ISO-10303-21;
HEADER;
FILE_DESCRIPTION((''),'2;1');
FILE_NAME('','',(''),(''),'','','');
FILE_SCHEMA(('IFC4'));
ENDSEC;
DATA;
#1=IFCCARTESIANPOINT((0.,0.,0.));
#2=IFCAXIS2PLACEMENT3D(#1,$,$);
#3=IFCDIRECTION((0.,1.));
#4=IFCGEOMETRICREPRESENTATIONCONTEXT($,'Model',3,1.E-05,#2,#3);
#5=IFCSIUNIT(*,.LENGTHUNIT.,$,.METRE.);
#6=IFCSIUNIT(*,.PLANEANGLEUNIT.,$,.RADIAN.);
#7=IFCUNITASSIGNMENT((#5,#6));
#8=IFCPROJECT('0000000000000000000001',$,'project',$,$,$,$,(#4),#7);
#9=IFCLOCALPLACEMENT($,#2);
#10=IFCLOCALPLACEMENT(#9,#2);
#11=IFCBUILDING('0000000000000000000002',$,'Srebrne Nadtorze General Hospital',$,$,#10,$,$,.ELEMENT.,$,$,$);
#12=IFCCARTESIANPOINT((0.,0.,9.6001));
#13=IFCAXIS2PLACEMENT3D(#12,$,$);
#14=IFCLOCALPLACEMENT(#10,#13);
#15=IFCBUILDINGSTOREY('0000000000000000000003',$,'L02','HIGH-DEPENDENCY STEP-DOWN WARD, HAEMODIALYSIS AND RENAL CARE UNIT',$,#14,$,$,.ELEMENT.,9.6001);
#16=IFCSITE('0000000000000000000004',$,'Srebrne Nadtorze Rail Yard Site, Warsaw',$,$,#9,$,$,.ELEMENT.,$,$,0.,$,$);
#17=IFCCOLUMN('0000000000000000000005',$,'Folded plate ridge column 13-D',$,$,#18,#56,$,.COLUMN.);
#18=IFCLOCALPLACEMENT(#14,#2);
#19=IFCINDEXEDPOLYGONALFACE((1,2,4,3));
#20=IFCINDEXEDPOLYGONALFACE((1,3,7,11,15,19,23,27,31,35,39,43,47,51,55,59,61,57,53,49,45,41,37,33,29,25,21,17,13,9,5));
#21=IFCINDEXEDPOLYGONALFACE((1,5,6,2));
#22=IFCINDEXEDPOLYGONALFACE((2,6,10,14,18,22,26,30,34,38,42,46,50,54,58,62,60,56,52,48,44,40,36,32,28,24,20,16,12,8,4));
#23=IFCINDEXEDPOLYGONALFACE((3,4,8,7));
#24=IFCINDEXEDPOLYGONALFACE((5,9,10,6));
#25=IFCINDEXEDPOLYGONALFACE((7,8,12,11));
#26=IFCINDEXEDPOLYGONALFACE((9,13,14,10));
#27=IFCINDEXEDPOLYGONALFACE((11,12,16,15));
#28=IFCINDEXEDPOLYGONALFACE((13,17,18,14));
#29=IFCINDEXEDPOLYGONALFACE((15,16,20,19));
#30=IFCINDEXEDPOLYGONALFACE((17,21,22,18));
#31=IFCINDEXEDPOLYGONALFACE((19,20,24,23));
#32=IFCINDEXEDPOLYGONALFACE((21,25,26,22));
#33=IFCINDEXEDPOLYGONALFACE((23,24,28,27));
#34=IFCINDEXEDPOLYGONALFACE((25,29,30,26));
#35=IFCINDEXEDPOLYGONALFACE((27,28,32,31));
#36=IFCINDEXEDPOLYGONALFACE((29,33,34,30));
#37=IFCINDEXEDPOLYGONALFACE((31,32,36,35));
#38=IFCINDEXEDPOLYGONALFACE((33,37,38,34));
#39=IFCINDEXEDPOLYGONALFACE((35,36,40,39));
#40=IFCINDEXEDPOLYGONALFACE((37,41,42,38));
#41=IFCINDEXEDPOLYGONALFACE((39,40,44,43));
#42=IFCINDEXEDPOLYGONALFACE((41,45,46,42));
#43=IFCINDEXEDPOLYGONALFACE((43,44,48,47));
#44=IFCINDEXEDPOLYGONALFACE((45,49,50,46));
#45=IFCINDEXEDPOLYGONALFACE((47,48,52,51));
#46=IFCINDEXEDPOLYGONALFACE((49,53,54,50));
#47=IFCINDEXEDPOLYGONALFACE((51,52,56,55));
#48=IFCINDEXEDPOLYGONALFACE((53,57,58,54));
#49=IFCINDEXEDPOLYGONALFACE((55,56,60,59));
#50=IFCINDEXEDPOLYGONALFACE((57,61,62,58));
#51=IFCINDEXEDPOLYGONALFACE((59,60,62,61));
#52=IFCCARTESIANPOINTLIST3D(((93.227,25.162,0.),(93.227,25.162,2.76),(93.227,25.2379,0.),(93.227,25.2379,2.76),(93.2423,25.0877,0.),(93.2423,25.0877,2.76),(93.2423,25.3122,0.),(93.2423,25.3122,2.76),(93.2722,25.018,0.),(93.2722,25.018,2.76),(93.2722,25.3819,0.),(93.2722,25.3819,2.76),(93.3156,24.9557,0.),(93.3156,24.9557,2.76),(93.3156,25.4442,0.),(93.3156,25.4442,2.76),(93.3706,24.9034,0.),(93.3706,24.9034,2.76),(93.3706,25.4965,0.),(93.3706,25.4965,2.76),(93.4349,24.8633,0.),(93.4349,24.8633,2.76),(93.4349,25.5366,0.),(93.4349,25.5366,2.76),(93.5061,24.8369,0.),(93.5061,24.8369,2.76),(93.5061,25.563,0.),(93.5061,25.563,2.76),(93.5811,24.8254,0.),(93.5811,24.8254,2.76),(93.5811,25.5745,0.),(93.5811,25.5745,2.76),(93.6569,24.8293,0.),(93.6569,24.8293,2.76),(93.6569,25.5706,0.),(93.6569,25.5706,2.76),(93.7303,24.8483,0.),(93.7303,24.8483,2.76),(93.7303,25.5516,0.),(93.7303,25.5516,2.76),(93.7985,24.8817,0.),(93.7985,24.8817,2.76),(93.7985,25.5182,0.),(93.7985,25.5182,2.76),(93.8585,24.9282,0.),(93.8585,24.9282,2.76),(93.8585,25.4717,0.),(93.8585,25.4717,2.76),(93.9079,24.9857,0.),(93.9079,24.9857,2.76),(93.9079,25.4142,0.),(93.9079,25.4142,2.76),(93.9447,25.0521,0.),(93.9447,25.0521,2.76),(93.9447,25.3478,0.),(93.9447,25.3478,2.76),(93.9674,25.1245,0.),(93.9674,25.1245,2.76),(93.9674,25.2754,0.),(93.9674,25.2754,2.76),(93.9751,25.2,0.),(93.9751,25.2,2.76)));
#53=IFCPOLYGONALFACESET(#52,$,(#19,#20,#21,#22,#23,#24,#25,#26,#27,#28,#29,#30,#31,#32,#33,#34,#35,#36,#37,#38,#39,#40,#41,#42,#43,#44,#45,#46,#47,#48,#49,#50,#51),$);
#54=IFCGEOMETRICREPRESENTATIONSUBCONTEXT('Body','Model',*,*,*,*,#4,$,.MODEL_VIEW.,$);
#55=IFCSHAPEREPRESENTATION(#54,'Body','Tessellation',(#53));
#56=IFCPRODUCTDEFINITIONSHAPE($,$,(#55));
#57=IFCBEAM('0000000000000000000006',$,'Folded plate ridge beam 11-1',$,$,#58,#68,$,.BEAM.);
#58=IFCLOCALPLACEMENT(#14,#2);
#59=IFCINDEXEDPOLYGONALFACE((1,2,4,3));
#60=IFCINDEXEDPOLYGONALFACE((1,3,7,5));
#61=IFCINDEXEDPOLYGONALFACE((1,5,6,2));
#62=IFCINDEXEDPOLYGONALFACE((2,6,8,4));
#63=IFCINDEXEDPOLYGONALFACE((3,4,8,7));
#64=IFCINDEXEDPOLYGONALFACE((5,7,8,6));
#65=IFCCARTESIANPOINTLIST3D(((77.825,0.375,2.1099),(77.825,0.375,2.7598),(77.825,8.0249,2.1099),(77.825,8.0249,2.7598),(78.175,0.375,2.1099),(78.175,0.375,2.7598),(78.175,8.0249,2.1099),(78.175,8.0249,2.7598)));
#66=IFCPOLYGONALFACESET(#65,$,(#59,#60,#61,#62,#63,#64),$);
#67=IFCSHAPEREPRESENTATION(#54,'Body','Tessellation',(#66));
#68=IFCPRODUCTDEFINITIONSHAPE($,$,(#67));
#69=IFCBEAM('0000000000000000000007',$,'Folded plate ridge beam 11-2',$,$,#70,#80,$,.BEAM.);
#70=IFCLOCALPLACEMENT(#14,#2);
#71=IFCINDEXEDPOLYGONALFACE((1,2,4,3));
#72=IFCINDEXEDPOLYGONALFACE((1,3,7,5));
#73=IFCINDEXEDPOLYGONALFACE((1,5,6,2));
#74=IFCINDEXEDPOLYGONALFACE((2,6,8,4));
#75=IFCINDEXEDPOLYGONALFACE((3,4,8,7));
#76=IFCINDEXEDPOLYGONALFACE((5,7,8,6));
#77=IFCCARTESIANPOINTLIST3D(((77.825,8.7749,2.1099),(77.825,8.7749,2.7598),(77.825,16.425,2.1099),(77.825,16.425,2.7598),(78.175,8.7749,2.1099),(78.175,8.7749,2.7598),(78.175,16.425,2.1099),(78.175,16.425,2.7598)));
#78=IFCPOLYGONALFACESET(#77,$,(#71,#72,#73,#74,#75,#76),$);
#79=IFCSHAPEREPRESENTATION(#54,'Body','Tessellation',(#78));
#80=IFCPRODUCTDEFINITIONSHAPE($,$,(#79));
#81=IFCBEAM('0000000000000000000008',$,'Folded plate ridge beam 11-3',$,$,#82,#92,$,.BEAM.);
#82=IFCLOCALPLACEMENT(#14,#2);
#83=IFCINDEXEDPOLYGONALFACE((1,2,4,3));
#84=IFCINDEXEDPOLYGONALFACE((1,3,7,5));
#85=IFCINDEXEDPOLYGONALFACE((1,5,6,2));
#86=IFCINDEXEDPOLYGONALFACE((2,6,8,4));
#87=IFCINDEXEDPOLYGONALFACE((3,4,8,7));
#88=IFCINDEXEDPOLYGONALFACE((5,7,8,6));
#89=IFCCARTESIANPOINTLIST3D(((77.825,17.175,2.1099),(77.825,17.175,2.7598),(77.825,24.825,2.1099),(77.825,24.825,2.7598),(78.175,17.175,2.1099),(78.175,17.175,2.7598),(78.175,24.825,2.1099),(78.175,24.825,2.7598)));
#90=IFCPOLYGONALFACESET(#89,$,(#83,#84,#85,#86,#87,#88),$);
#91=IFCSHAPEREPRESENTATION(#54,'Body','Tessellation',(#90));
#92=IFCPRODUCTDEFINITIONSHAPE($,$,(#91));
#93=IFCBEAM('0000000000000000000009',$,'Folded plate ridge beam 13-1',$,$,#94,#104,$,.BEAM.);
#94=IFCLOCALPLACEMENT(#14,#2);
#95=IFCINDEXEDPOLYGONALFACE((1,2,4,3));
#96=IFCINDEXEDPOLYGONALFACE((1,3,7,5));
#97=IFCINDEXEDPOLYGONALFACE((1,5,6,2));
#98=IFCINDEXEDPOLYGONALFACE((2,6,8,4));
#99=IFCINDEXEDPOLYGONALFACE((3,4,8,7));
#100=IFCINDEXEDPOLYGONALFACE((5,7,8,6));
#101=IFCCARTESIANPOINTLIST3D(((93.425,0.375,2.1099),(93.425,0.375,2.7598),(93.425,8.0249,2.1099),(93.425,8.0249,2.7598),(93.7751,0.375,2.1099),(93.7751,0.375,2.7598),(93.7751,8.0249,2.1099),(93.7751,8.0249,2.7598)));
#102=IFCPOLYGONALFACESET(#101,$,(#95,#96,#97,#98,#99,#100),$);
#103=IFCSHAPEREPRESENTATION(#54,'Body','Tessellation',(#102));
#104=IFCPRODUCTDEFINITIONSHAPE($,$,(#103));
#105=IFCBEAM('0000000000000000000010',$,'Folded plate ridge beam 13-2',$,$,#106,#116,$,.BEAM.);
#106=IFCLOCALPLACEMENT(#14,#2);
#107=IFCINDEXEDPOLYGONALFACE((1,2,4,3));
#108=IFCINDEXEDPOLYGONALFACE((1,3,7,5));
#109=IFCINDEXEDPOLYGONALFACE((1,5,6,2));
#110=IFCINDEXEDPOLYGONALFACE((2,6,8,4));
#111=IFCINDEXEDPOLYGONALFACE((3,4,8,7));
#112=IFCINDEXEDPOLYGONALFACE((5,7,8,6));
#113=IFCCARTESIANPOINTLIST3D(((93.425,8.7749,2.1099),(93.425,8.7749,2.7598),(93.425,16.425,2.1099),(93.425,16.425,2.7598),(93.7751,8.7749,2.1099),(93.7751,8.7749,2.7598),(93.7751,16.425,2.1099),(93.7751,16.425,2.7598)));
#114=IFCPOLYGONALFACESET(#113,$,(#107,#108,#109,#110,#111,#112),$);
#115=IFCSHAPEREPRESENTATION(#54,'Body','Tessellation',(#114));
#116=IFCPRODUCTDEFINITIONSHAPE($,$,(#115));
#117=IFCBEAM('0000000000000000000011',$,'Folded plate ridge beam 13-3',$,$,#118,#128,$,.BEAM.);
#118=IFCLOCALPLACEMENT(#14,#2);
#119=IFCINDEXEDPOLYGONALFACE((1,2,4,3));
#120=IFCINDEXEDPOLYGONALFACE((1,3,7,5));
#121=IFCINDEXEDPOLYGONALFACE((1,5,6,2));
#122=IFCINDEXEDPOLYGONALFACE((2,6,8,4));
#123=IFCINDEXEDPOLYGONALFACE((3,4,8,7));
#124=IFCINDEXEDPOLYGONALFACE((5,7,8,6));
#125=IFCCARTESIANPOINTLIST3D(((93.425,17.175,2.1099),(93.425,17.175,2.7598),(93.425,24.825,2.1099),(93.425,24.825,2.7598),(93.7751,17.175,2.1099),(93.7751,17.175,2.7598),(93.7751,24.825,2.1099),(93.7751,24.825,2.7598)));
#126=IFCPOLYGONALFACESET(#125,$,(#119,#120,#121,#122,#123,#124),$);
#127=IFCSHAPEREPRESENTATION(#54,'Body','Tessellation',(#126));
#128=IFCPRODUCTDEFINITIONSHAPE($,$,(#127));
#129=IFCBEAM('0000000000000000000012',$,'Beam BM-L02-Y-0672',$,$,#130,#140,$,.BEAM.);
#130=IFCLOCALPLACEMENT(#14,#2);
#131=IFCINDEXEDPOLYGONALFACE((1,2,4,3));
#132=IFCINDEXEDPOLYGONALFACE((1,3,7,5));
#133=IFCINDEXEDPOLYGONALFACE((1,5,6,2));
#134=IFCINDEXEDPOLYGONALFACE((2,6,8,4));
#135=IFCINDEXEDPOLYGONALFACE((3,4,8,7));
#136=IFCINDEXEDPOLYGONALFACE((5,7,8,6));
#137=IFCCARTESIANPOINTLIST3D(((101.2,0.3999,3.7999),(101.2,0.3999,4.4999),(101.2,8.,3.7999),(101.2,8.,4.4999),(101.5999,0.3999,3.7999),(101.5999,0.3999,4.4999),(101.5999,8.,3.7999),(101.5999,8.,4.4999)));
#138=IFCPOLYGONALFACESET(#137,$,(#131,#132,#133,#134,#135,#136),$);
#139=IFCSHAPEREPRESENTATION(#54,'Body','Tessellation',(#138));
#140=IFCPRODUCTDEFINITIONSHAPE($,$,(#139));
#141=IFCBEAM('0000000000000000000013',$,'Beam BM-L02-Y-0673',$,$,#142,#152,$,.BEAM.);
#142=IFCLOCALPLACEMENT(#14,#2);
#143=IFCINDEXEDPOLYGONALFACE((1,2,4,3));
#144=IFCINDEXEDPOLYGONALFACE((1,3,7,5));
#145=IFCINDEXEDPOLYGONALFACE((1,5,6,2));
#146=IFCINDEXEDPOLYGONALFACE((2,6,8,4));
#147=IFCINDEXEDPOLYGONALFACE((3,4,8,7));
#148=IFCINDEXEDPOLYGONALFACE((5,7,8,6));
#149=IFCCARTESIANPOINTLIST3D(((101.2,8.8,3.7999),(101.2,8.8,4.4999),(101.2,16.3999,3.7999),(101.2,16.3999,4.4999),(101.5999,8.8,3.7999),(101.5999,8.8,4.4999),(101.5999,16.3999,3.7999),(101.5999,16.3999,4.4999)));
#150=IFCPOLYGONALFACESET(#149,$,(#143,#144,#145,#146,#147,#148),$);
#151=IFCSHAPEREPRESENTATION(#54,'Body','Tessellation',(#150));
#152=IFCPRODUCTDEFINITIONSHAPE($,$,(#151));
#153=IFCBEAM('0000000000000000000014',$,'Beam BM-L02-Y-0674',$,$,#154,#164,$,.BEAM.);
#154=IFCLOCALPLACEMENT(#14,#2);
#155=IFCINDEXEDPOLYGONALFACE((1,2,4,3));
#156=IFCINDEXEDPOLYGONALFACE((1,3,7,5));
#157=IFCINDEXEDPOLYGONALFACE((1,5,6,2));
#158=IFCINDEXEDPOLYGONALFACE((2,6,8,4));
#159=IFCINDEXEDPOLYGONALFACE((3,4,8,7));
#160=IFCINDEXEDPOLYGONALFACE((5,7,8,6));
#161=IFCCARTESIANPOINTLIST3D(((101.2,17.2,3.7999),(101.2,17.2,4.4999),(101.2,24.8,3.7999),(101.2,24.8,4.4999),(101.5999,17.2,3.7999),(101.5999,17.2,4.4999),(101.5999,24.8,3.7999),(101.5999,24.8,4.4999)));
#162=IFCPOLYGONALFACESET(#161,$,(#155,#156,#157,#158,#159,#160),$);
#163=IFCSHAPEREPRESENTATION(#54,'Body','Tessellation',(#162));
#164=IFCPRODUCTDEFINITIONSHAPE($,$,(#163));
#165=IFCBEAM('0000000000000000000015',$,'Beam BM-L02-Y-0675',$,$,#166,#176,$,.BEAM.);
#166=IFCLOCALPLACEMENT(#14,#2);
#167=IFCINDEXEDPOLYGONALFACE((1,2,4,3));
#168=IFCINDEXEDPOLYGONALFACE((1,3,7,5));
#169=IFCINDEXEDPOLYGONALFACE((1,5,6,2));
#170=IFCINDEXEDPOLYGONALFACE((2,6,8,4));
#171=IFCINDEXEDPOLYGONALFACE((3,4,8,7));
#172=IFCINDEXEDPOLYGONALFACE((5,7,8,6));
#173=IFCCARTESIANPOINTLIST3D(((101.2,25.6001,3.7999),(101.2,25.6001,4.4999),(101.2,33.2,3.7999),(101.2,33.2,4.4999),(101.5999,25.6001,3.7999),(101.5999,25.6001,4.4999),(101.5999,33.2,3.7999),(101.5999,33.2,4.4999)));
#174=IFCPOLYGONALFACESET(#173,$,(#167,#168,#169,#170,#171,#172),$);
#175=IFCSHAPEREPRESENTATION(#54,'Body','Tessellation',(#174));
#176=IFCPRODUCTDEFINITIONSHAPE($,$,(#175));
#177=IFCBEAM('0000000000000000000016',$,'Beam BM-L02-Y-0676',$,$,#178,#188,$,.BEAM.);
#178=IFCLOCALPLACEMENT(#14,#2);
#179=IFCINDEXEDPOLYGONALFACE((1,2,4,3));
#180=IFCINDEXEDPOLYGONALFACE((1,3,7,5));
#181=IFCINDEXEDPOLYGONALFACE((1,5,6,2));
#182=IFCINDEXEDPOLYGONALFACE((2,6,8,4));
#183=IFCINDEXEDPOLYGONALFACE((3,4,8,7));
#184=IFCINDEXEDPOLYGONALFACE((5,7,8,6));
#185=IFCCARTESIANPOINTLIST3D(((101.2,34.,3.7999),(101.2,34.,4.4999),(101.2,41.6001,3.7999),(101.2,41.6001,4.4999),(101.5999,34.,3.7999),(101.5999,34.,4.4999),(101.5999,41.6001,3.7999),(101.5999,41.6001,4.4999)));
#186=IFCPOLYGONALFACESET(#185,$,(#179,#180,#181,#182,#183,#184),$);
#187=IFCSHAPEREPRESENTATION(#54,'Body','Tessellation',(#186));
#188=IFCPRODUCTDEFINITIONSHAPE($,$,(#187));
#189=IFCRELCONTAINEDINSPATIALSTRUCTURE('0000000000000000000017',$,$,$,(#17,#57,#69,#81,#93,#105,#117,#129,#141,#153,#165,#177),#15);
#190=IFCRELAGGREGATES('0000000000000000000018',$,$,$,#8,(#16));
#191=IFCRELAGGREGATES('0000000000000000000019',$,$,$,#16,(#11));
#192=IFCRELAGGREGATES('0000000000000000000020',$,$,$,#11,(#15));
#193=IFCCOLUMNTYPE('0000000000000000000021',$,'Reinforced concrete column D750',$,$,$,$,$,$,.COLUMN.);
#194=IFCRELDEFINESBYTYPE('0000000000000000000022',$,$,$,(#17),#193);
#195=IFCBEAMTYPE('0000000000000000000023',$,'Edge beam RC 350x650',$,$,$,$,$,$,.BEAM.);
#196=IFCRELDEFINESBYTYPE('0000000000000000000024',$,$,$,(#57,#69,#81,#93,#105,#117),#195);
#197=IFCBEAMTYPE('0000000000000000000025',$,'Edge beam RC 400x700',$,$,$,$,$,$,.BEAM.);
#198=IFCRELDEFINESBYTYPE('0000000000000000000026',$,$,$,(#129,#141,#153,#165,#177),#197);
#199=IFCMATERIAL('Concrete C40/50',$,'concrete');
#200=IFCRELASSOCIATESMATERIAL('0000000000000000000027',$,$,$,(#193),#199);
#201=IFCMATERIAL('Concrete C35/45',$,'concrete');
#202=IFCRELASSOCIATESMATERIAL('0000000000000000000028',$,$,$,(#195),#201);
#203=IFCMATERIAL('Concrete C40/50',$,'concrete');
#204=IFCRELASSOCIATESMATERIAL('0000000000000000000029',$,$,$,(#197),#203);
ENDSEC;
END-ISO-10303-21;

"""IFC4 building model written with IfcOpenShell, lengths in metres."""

from ifc_helpers import new_model, si_unit, direction, frame, origin, origin_2d, place, context, subcontext, project, spatial, rectangle, circle, extrude, material, material_profile, profile_set, type_object, element, save


model = new_model("IFC4")

# Units and contexts
model_context = context("Model", 3, precision=1e-05, world=origin(), true_north=direction((0.0, 1.0)))
body_context = subcontext(model_context, "Body", "Model", "MODEL_VIEW")
ifc_project = project(units=[si_unit("LENGTHUNIT", "METRE"), si_unit("PLANEANGLEUNIT", "RADIAN")], contexts=[model_context])

# Site, building, storey
site_placement = place(None, origin())
site = spatial("IfcSite", under=ifc_project, at=site_placement, Name="Srebrne Nadtorze Rail Yard Site, Warsaw", CompositionType="ELEMENT", RefElevation=0.0)
building_placement = place(site_placement, origin())
building = spatial("IfcBuilding", under=site, at=building_placement, Name="Srebrne Nadtorze General Hospital", CompositionType="ELEMENT")
storey_placement = place(building_placement, frame((0.0, 0.0, 9.6001)))
storey = spatial("IfcBuildingStorey", under=building, at=storey_placement, Name="L02", Description="HIGH-DEPENDENCY STEP-DOWN WARD, HAEMODIALYSIS AND RENAL CARE UNIT", CompositionType="ELEMENT", Elevation=9.6001)

# Column
ifc_material_1 = material(Name="Concrete C40/50", Category="concrete")
ifc_material_profile_1 = material_profile(ifc_material_1, circle(Radius=0.375, at=origin_2d()), Name="RC-COL-D750")
ifc_profile_set_1 = profile_set([ifc_material_profile_1], Name="Concrete C40/50")
column_type_1 = type_object("IfcColumnType", Name="Reinforced concrete column D750", PredefinedType="COLUMN", material=ifc_profile_set_1)
for number, where, z_axis, x_axis, name in (
    (1, (93.6001, 25.2, 0.0), (0.0, 0.0, 1.0), (1.0, 0.0, 0.0), "Folded plate ridge column 13-D"),
):
    element("IfcColumn", number, at=place(storey_placement, frame(where, z_axis=z_axis, x_axis=x_axis)), inside=storey, type_object=column_type_1, Name=name, PredefinedType="COLUMN", context=body_context, shape_type="SweptSolid", body=[
        extrude(circle(Radius=0.375, at=origin_2d()), origin(), (0.0, 0.0, 1.0), 2.76),
    ])

# Beams
ifc_material_2 = material(Name="Concrete C35/45", Category="concrete")
ifc_material_profile_2 = material_profile(ifc_material_2, rectangle(XDim=0.3501, YDim=0.6499, at=origin_2d()), Name="RC-BM-350x650")
ifc_profile_set_2 = profile_set([ifc_material_profile_2], Name="Concrete C35/45")
beam_type_1 = type_object("IfcBeamType", Name="Edge beam RC 350x650", PredefinedType="BEAM", material=ifc_profile_set_2)
beam_1_placement = place(storey_placement, frame((78.0, 0.375, 2.4348), z_axis=(0.0, 1.0, 0.0), x_axis=(-1.0, 0.0, 0.0)))
element("IfcBeam", 2, at=beam_1_placement, inside=storey, type_object=beam_type_1, Name="Folded plate ridge beam 11-1", PredefinedType="BEAM", context=body_context, shape_type="SweptSolid", body=[
    extrude(rectangle(XDim=0.3501, YDim=0.6499, at=origin_2d()), origin(), (0.0, 0.0, 1.0), 7.6499),
])
beam_2_placement = place(storey_placement, frame((78.0, 8.7749, 2.4348), z_axis=(0.0, 1.0, 0.0), x_axis=(-1.0, 0.0, 0.0)))
element("IfcBeam", 3, at=beam_2_placement, inside=storey, type_object=beam_type_1, Name="Folded plate ridge beam 11-2", PredefinedType="BEAM", context=body_context, shape_type="SweptSolid", body=[
    extrude(rectangle(XDim=0.3501, YDim=0.6499, at=origin_2d()), origin(), (0.0, 0.0, 1.0), 7.6501),
])
for number, where, z_axis, x_axis, name in (
    (4, (78.0, 17.175, 2.4348), (0.0, 1.0, 0.0), (-1.0, 0.0, 0.0), "Folded plate ridge beam 11-3"),
    (5, (93.6001, 0.375, 2.4348), (0.0, 1.0, 0.0), (-1.0, 0.0, 0.0), "Folded plate ridge beam 13-1"),
):
    element("IfcBeam", number, at=place(storey_placement, frame(where, z_axis=z_axis, x_axis=x_axis)), inside=storey, type_object=beam_type_1, Name=name, PredefinedType="BEAM", context=body_context, shape_type="SweptSolid", body=[
        extrude(rectangle(XDim=0.3501, YDim=0.6499, at=origin_2d()), origin(), (0.0, 0.0, 1.0), 7.6499),
    ])
beam_3_placement = place(storey_placement, frame((93.6001, 8.7749, 2.4348), z_axis=(0.0, 1.0, 0.0), x_axis=(-1.0, 0.0, 0.0)))
element("IfcBeam", 6, at=beam_3_placement, inside=storey, type_object=beam_type_1, Name="Folded plate ridge beam 13-2", PredefinedType="BEAM", context=body_context, shape_type="SweptSolid", body=[
    extrude(rectangle(XDim=0.3501, YDim=0.6499, at=origin_2d()), origin(), (0.0, 0.0, 1.0), 7.6501),
])
beam_4_placement = place(storey_placement, frame((93.6001, 17.175, 2.4348), z_axis=(0.0, 1.0, 0.0), x_axis=(-1.0, 0.0, 0.0)))
element("IfcBeam", 7, at=beam_4_placement, inside=storey, type_object=beam_type_1, Name="Folded plate ridge beam 13-3", PredefinedType="BEAM", context=body_context, shape_type="SweptSolid", body=[
    extrude(rectangle(XDim=0.3501, YDim=0.6499, at=origin_2d()), origin(), (0.0, 0.0, 1.0), 7.6499),
])
ifc_material_3 = material(Name="Concrete C40/50", Category="concrete")
ifc_material_profile_3 = material_profile(ifc_material_3, rectangle(XDim=0.3999, YDim=0.7, at=origin_2d()), Name="RC-BM-400x700")
ifc_profile_set_3 = profile_set([ifc_material_profile_3], Name="Concrete C40/50")
beam_type_2 = type_object("IfcBeamType", Name="Edge beam RC 400x700", PredefinedType="BEAM", material=ifc_profile_set_3)
beam_5_placement = place(storey_placement, frame((101.3999, 0.3999, 4.1499), z_axis=(0.0, 1.0, 0.0), x_axis=(-1.0, 0.0, 0.0)))
element("IfcBeam", 8, at=beam_5_placement, inside=storey, type_object=beam_type_2, Name="Beam BM-L02-Y-0672", PredefinedType="BEAM", context=body_context, shape_type="SweptSolid", body=[
    extrude(rectangle(XDim=0.3999, YDim=0.7, at=origin_2d()), origin(), (0.0, 0.0, 1.0), 7.6001),
])
beam_6_placement = place(storey_placement, frame((101.3999, 8.8, 4.1499), z_axis=(0.0, 1.0, 0.0), x_axis=(-1.0, 0.0, 0.0)))
element("IfcBeam", 9, at=beam_6_placement, inside=storey, type_object=beam_type_2, Name="Beam BM-L02-Y-0673", PredefinedType="BEAM", context=body_context, shape_type="SweptSolid", body=[
    extrude(rectangle(XDim=0.3999, YDim=0.7, at=origin_2d()), origin(), (0.0, 0.0, 1.0), 7.5999),
])
beam_7_placement = place(storey_placement, frame((101.3999, 17.2, 4.1499), z_axis=(0.0, 1.0, 0.0), x_axis=(-1.0, 0.0, 0.0)))
element("IfcBeam", 10, at=beam_7_placement, inside=storey, type_object=beam_type_2, Name="Beam BM-L02-Y-0674", PredefinedType="BEAM", context=body_context, shape_type="SweptSolid", body=[
    extrude(rectangle(XDim=0.3999, YDim=0.7, at=origin_2d()), origin(), (0.0, 0.0, 1.0), 7.6001),
])
beam_8_placement = place(storey_placement, frame((101.3999, 25.6001, 4.1499), z_axis=(0.0, 1.0, 0.0), x_axis=(-1.0, 0.0, 0.0)))
element("IfcBeam", 11, at=beam_8_placement, inside=storey, type_object=beam_type_2, Name="Beam BM-L02-Y-0675", PredefinedType="BEAM", context=body_context, shape_type="SweptSolid", body=[
    extrude(rectangle(XDim=0.3999, YDim=0.7, at=origin_2d()), origin(), (0.0, 0.0, 1.0), 7.5999),
])
beam_9_placement = place(storey_placement, frame((101.3999, 34.0, 4.1499), z_axis=(0.0, 1.0, 0.0), x_axis=(-1.0, 0.0, 0.0)))
element("IfcBeam", 12, at=beam_9_placement, inside=storey, type_object=beam_type_2, Name="Beam BM-L02-Y-0676", PredefinedType="BEAM", context=body_context, shape_type="SweptSolid", body=[
    extrude(rectangle(XDim=0.3999, YDim=0.7, at=origin_2d()), origin(), (0.0, 0.0, 1.0), 7.6001),
])

save(model, "model.ifc")
